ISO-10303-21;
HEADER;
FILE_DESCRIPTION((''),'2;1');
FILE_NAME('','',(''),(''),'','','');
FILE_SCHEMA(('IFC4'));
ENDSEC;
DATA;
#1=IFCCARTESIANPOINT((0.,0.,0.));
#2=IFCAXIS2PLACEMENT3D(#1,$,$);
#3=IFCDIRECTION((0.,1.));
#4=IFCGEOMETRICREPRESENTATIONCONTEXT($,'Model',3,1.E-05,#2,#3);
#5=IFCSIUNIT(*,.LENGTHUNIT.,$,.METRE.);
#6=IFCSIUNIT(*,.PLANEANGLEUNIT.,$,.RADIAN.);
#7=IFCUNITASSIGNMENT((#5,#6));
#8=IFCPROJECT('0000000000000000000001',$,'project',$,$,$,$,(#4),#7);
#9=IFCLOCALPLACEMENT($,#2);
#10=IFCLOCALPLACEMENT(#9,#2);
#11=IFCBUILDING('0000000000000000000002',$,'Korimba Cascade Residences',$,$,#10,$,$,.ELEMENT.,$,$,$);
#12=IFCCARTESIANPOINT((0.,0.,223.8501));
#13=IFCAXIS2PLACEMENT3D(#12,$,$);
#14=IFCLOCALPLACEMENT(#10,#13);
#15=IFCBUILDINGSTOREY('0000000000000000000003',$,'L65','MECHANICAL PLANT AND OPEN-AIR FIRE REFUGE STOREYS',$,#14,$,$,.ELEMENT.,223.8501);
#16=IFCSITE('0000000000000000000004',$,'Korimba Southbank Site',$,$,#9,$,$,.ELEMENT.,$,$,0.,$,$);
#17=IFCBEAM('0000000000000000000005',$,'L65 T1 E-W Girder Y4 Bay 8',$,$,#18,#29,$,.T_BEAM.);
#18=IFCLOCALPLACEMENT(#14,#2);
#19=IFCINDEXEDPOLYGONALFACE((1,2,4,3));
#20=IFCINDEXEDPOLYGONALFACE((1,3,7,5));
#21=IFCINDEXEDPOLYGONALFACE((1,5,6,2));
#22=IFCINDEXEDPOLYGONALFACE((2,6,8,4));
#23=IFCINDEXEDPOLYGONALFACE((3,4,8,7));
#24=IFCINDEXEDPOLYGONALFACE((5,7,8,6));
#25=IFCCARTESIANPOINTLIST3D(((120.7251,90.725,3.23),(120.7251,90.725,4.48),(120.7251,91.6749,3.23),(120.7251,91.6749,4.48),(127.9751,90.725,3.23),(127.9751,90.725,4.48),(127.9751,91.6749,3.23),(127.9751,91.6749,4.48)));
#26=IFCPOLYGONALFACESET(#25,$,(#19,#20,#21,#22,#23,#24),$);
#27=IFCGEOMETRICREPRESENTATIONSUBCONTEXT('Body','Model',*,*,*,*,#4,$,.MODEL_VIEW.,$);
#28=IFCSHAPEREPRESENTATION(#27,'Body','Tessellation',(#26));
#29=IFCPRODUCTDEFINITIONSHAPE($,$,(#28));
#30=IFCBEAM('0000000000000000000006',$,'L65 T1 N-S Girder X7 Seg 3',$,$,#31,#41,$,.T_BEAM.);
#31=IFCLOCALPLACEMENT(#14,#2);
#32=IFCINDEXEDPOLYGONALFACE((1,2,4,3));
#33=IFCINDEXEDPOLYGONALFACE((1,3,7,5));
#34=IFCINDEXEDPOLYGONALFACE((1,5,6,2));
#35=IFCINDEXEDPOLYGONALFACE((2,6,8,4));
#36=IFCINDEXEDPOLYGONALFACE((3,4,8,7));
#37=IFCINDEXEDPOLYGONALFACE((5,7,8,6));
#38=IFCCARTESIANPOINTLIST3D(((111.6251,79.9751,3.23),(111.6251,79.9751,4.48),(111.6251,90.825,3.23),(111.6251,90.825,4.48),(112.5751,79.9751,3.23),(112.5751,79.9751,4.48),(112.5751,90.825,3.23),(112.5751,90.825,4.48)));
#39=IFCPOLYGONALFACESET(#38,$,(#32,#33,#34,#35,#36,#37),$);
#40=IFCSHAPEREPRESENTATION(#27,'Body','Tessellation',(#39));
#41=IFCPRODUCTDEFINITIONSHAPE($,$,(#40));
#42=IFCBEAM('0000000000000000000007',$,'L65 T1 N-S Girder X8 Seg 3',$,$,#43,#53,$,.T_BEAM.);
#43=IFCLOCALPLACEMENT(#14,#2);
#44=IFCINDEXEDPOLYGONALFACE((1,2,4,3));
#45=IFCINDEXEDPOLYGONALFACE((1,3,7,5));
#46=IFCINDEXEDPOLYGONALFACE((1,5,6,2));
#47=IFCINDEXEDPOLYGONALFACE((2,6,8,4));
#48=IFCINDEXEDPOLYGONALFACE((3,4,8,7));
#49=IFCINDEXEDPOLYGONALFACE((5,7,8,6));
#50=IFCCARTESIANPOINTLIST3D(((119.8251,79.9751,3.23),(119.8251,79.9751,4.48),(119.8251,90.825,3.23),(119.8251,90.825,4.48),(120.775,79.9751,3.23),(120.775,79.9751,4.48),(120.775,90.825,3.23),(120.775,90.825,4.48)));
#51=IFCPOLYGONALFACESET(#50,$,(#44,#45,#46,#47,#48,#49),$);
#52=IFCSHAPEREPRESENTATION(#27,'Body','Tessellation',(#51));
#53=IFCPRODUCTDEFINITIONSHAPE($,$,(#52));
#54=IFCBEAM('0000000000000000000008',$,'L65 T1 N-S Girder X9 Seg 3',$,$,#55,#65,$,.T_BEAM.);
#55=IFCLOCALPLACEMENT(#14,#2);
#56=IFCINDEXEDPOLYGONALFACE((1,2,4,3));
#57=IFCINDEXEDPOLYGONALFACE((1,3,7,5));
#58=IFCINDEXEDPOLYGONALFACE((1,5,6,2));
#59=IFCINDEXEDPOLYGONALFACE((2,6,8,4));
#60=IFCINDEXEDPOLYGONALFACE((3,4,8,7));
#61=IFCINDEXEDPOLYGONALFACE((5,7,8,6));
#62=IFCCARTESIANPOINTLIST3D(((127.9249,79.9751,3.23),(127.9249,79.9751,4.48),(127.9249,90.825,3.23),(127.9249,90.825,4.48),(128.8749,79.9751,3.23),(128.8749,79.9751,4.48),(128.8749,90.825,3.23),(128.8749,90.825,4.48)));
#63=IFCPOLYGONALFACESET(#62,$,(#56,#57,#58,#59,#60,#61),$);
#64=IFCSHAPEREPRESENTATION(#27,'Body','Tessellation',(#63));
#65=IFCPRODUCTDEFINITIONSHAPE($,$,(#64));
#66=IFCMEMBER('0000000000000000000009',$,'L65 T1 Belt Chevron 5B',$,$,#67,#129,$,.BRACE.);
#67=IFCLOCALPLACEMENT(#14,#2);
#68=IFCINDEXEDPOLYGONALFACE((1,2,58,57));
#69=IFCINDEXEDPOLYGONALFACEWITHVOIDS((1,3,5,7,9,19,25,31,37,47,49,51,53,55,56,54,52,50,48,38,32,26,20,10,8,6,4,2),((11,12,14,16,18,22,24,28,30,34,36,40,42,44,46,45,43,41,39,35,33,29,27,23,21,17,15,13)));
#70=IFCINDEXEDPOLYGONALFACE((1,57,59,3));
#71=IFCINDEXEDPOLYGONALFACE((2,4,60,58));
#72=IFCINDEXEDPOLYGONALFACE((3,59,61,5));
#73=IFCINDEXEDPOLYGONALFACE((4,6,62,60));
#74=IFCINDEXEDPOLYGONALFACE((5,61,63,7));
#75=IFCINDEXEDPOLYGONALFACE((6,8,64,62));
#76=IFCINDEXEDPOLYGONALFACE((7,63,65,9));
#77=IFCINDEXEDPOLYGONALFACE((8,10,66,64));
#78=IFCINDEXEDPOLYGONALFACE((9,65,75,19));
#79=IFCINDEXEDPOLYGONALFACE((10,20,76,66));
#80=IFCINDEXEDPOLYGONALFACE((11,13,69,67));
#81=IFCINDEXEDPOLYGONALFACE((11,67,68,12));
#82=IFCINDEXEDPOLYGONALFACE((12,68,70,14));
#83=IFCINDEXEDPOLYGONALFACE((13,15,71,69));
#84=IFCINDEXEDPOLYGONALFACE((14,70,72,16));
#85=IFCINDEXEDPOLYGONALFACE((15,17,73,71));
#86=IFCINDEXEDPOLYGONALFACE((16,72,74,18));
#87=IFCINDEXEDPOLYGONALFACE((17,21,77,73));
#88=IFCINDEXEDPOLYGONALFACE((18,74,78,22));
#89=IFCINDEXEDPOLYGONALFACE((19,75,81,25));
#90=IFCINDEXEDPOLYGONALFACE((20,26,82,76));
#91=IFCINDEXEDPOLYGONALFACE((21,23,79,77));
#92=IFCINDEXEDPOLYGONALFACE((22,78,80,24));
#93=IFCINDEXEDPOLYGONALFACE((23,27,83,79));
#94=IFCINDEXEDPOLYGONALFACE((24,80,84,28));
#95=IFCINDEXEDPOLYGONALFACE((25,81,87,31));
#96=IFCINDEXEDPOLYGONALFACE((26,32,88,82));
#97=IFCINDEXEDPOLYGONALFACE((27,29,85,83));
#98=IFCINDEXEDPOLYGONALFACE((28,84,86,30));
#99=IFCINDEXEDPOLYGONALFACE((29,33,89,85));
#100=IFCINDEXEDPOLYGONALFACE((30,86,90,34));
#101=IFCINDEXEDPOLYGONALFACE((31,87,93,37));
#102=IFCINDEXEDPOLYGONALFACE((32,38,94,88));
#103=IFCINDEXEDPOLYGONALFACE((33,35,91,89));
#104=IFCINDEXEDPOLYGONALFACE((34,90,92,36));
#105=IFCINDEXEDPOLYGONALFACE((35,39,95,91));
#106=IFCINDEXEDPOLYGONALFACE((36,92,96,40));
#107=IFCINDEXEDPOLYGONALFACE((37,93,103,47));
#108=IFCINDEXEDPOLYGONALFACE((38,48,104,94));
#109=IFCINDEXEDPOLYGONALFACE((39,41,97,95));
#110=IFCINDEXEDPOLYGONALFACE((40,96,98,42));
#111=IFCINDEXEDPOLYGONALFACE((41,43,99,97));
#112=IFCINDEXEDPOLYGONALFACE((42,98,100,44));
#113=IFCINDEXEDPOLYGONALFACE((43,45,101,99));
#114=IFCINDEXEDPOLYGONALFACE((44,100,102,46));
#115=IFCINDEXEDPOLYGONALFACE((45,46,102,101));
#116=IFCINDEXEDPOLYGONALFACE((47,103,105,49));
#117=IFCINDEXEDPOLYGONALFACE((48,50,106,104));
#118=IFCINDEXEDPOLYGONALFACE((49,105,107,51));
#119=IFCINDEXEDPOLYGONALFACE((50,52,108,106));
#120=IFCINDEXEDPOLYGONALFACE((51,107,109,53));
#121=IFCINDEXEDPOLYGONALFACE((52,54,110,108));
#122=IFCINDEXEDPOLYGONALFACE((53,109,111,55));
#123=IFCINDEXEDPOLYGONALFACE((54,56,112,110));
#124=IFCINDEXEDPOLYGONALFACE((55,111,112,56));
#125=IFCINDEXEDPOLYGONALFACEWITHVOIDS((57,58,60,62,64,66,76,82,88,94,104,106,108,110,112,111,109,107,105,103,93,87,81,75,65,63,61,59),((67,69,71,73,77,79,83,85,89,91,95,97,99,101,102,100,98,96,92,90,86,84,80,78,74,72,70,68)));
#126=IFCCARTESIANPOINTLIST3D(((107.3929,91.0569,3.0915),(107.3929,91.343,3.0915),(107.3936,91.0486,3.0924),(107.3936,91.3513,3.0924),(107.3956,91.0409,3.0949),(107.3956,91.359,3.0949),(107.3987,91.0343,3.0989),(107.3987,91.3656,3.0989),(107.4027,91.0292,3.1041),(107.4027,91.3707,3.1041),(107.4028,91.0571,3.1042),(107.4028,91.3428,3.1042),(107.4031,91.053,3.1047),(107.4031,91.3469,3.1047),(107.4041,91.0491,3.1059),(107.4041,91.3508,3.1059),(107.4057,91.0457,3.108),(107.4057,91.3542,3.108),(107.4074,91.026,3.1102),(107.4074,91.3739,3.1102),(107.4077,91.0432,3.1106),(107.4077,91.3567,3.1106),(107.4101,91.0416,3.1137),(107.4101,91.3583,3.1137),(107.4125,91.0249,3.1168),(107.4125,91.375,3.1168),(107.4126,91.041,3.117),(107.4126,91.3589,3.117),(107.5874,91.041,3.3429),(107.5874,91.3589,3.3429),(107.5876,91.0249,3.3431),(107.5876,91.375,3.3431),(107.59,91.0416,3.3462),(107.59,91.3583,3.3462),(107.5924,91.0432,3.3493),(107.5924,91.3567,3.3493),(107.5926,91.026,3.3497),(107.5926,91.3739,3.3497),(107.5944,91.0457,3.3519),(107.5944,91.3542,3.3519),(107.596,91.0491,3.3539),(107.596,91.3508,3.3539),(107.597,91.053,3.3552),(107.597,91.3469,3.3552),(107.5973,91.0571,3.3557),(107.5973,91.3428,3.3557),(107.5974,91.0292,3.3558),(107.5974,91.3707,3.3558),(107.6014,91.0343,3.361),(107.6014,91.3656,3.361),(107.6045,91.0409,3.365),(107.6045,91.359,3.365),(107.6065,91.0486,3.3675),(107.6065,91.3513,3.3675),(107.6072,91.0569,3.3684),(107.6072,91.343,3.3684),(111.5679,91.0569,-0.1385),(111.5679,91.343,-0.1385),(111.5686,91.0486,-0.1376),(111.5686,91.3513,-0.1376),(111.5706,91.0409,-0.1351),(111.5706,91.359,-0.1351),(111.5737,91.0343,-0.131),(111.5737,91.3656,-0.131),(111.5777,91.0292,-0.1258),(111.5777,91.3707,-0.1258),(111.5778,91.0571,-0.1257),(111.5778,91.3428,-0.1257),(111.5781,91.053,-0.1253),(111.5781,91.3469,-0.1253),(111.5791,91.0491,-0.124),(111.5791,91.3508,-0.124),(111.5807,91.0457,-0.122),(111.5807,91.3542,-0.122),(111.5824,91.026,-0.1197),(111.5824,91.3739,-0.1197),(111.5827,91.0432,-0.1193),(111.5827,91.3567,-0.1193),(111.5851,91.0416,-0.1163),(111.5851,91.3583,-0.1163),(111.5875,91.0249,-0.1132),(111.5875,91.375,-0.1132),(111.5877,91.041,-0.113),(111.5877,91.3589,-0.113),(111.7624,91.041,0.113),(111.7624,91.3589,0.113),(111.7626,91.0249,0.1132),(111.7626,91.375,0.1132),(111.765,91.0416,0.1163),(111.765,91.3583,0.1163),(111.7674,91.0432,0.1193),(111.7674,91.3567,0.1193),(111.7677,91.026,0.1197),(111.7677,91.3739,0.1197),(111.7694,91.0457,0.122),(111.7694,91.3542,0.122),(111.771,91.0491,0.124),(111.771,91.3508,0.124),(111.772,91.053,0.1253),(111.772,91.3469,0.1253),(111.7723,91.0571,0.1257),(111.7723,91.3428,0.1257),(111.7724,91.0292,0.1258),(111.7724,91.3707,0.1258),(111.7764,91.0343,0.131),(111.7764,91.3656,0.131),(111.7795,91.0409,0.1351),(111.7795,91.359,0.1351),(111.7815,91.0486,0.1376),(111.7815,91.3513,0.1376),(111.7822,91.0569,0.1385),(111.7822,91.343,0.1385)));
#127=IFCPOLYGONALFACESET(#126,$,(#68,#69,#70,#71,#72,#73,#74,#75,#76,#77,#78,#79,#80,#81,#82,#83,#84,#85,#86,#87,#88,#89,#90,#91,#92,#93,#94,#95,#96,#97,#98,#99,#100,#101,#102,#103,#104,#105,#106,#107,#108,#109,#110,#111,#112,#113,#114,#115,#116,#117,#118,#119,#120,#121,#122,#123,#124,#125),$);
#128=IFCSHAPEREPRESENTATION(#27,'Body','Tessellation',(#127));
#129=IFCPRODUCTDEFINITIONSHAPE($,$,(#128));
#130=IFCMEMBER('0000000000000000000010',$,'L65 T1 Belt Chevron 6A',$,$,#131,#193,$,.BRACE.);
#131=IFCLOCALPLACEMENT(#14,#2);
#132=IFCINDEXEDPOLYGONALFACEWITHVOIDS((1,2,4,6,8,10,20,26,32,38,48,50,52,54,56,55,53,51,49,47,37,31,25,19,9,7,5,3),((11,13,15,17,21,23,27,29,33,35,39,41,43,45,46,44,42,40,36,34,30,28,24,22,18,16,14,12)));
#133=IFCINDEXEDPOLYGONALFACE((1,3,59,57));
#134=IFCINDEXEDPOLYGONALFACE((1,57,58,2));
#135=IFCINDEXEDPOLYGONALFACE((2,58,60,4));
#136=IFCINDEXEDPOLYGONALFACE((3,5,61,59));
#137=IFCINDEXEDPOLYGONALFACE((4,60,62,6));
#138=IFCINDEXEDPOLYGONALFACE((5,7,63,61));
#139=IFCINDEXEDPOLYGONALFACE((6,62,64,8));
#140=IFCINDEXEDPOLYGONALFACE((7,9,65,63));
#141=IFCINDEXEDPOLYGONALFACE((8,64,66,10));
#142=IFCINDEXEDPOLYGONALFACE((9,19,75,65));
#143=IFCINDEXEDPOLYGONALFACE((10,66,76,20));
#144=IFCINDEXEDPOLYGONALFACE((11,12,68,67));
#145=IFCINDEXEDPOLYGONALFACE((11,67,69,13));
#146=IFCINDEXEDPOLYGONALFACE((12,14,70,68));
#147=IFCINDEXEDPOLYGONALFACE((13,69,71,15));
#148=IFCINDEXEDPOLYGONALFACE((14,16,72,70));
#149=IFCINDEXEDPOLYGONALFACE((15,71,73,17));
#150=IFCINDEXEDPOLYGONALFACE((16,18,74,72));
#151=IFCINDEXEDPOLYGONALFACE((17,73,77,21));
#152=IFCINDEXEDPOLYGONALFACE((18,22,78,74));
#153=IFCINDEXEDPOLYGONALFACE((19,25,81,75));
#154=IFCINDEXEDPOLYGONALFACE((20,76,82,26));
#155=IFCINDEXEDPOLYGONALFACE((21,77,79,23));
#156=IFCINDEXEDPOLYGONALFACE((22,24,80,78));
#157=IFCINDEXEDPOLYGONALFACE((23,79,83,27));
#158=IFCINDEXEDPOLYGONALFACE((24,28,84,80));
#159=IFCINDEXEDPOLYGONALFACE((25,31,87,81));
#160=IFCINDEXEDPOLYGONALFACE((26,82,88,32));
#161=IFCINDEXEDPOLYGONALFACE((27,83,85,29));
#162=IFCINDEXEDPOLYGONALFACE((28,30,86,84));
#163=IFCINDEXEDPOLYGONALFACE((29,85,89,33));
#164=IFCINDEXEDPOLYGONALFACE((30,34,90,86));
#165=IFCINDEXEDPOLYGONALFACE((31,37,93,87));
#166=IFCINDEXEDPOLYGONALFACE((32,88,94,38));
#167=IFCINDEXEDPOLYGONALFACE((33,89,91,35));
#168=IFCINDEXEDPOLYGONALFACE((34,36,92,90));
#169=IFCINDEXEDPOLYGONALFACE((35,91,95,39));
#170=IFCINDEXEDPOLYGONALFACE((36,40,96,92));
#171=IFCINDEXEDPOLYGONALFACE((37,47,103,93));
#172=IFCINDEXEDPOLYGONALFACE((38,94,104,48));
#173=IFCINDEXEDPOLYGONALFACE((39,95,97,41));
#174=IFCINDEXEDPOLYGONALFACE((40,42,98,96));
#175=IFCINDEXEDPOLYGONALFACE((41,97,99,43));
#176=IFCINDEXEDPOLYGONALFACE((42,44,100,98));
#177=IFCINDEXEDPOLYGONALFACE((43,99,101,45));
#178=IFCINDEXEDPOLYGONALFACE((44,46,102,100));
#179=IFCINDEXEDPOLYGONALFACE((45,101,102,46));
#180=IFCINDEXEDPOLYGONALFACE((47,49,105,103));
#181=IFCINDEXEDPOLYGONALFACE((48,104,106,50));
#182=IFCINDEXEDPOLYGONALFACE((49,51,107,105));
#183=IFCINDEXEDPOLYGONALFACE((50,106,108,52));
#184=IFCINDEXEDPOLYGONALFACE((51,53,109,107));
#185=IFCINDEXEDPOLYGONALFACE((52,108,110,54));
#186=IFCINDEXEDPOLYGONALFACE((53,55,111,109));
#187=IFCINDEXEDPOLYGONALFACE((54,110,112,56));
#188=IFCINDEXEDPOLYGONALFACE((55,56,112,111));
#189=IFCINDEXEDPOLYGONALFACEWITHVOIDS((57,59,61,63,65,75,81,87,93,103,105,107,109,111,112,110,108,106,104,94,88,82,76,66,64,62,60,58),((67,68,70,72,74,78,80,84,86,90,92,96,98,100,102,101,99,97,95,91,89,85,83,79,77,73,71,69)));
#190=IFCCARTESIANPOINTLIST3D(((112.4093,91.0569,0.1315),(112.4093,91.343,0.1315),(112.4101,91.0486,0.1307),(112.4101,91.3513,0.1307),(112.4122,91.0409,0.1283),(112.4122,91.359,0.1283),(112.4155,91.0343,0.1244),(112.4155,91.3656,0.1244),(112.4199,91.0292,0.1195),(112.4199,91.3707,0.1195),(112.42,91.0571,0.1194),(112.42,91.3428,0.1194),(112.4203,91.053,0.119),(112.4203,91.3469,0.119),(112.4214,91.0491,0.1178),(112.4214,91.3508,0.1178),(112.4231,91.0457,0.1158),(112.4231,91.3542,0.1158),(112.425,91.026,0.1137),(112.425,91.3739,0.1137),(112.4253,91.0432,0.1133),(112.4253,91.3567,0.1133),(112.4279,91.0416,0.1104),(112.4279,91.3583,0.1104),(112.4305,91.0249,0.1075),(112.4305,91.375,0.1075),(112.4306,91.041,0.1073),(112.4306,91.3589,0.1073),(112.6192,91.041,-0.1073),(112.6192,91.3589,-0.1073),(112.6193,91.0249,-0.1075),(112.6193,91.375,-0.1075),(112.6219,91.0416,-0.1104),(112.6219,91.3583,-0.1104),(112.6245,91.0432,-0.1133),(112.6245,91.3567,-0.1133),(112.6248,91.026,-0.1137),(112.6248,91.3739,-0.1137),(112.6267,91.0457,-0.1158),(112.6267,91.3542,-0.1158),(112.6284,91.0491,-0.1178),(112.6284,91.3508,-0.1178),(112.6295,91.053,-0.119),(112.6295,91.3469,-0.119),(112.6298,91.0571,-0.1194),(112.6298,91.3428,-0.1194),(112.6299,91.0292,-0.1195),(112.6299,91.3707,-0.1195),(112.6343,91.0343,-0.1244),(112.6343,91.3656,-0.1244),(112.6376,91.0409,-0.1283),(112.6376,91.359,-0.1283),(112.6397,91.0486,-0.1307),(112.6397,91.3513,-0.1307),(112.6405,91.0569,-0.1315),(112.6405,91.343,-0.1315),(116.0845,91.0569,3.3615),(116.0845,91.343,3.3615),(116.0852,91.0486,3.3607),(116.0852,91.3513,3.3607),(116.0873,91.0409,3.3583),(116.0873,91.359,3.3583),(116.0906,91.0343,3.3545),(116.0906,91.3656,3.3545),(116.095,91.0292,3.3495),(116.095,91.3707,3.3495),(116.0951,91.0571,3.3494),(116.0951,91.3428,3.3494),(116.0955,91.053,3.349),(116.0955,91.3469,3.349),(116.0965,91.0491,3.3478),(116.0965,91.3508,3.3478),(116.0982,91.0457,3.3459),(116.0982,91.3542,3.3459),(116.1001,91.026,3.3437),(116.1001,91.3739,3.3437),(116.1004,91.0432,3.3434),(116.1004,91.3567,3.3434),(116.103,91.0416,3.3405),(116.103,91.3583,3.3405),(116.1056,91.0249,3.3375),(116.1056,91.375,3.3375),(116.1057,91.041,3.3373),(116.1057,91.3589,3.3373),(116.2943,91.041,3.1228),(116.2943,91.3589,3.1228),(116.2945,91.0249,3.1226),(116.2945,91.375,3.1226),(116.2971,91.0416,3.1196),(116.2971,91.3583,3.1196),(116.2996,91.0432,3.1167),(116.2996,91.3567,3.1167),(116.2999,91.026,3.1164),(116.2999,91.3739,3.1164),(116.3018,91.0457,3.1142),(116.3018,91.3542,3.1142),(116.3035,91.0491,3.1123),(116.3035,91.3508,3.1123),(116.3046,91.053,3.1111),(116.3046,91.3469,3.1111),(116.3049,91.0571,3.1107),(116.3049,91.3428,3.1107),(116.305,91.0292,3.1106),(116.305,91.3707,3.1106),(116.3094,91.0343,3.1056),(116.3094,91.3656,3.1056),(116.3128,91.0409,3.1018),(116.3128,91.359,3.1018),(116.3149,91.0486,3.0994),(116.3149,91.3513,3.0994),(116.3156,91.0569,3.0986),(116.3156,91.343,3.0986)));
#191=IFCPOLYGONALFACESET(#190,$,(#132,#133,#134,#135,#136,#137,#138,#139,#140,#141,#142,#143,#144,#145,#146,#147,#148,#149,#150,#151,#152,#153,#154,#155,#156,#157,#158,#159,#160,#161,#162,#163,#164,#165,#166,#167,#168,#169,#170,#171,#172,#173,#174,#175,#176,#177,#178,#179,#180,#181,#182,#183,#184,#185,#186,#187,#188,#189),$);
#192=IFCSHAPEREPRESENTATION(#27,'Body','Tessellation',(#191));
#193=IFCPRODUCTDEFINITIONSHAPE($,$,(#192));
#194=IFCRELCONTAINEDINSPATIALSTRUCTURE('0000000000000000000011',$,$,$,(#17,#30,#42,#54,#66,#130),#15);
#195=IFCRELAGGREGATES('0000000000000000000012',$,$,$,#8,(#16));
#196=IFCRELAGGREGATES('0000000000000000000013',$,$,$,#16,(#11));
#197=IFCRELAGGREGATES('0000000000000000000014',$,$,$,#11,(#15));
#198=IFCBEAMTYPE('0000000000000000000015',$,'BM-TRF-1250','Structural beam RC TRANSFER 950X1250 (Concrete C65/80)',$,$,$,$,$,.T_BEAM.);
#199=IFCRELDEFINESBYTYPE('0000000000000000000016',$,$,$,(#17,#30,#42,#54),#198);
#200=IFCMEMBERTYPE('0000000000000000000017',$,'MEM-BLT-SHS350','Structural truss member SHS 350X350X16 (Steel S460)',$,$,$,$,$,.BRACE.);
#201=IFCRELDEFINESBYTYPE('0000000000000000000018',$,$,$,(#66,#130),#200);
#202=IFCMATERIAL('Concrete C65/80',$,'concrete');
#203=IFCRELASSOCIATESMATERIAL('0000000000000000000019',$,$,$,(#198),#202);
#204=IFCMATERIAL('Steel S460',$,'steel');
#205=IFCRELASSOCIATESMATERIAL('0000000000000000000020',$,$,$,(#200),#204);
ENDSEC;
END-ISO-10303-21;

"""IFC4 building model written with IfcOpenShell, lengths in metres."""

from ifc_helpers import new_model, si_unit, direction, frame, origin, origin_2d, place, context, subcontext, project, spatial, rectangle, hollow_rectangle, extrude, material, material_profile, profile_set, type_object, element, save


model = new_model("IFC4")

# Units and contexts
model_context = context("Model", 3, precision=1e-05, world=origin(), true_north=direction((0.0, 1.0)))
body_context = subcontext(model_context, "Body", "Model", "MODEL_VIEW")
ifc_project = project(units=[si_unit("LENGTHUNIT", "METRE"), si_unit("PLANEANGLEUNIT", "RADIAN")], contexts=[model_context])

# Site, building, storey
site_placement = place(None, origin())
site = spatial("IfcSite", under=ifc_project, at=site_placement, Name="Korimba Southbank Site", CompositionType="ELEMENT", RefElevation=0.0)
building_placement = place(site_placement, origin())
building = spatial("IfcBuilding", under=site, at=building_placement, Name="Korimba Cascade Residences", CompositionType="ELEMENT")
storey_placement = place(building_placement, frame((0.0, 0.0, 223.8501)))
storey = spatial("IfcBuildingStorey", under=building, at=storey_placement, Name="L65", Description="MECHANICAL PLANT AND OPEN-AIR FIRE REFUGE STOREYS", CompositionType="ELEMENT", Elevation=223.8501)

# Shared definitions
ifc_material_1 = material(Name="Concrete C65/80", Category="concrete")

# Beams
ifc_material_profile_1 = material_profile(ifc_material_1, rectangle(XDim=0.95, YDim=1.25, at=origin_2d()), Name="Concrete C65/80")
ifc_profile_set_1 = profile_set([ifc_material_profile_1], Name="Concrete C65/80")
beam_type_1 = type_object("IfcBeamType", Name="BM-TRF-1250", Description="Structural beam RC TRANSFER 950X1250 (Concrete C65/80)", PredefinedType="T_BEAM", material=ifc_profile_set_1)
beam_1_placement = place(storey_placement, frame((120.7251, 91.2, 3.855), z_axis=(1.0, 0.0, 0.0), x_axis=(0.0, 1.0, 0.0)))
element("IfcBeam", 1, at=beam_1_placement, inside=storey, type_object=beam_type_1, Name="L65 T1 E-W Girder Y4 Bay 8", PredefinedType="T_BEAM", context=body_context, shape_type="SweptSolid", body=[
    extrude(rectangle(XDim=0.95, YDim=1.25, at=origin_2d()), origin(), (0.0, 0.0, 1.0), 7.25),
])
for number, where, z_axis, x_axis, name in (
    (2, (112.1001, 79.9751, 3.855), (0.0, 1.0, 0.0), (-1.0, 0.0, 0.0), "L65 T1 N-S Girder X7 Seg 3"),
    (3, (120.3, 79.9751, 3.855), (0.0, 1.0, 0.0), (-1.0, 0.0, 0.0), "L65 T1 N-S Girder X8 Seg 3"),
    (4, (128.3999, 79.9751, 3.855), (0.0, 1.0, 0.0), (-1.0, 0.0, 0.0), "L65 T1 N-S Girder X9 Seg 3"),
):
    element("IfcBeam", number, at=place(storey_placement, frame(where, z_axis=z_axis, x_axis=x_axis)), inside=storey, type_object=beam_type_1, Name=name, PredefinedType="T_BEAM", context=body_context, shape_type="SweptSolid", body=[
        extrude(rectangle(XDim=0.95, YDim=1.25, at=origin_2d()), origin(), (0.0, 0.0, 1.0), 10.8499),
    ])

# Members
ifc_material_2 = material(Name="Steel S460", Category="steel")
ifc_material_profile_2 = material_profile(ifc_material_2, hollow_rectangle(XDim=0.3501, YDim=0.3501, WallThickness=0.0161, InnerFilletRadius=0.0161, OuterFilletRadius=0.032, at=origin_2d()), Name="Steel S460")
ifc_profile_set_2 = profile_set([ifc_material_profile_2], Name="Steel S460")
member_type_1 = type_object("IfcMemberType", Name="MEM-BLT-SHS350", Description="Structural truss member SHS 350X350X16 (Steel S460)", PredefinedType="BRACE", material=ifc_profile_set_2)
member_1_placement = place(storey_placement, frame((111.675, 91.2, 0.0), z_axis=(-0.790936, 0.0, 0.611899), x_axis=(0.0, -1.0, 0.0)))
element("IfcMember", 5, at=member_1_placement, inside=storey, type_object=member_type_1, Name="L65 T1 Belt Chevron 5B", PredefinedType="BRACE", context=body_context, shape_type="SweptSolid", body=[
    extrude(hollow_rectangle(XDim=0.3501, YDim=0.3501, WallThickness=0.0161, InnerFilletRadius=0.0161, OuterFilletRadius=0.032, at=origin_2d()), origin(), (0.0, 0.0, 1.0), 5.2786),
])
for number, where, z_axis, x_axis, name in (
    (6, (112.5249, 91.2, 0.0), (0.751125, 0.0, 0.66016), (0.0, 1.0, 0.0), "L65 T1 Belt Chevron 6A"),
):
    element("IfcMember", number, at=place(storey_placement, frame(where, z_axis=z_axis, x_axis=x_axis)), inside=storey, type_object=member_type_1, Name=name, PredefinedType="BRACE", context=body_context, shape_type="SweptSolid", body=[
        extrude(hollow_rectangle(XDim=0.3501, YDim=0.3501, WallThickness=0.0161, InnerFilletRadius=0.0161, OuterFilletRadius=0.032, at=origin_2d()), origin(), (0.0, 0.0, 1.0), 4.8928),
    ])

save(model, "model.ifc")
